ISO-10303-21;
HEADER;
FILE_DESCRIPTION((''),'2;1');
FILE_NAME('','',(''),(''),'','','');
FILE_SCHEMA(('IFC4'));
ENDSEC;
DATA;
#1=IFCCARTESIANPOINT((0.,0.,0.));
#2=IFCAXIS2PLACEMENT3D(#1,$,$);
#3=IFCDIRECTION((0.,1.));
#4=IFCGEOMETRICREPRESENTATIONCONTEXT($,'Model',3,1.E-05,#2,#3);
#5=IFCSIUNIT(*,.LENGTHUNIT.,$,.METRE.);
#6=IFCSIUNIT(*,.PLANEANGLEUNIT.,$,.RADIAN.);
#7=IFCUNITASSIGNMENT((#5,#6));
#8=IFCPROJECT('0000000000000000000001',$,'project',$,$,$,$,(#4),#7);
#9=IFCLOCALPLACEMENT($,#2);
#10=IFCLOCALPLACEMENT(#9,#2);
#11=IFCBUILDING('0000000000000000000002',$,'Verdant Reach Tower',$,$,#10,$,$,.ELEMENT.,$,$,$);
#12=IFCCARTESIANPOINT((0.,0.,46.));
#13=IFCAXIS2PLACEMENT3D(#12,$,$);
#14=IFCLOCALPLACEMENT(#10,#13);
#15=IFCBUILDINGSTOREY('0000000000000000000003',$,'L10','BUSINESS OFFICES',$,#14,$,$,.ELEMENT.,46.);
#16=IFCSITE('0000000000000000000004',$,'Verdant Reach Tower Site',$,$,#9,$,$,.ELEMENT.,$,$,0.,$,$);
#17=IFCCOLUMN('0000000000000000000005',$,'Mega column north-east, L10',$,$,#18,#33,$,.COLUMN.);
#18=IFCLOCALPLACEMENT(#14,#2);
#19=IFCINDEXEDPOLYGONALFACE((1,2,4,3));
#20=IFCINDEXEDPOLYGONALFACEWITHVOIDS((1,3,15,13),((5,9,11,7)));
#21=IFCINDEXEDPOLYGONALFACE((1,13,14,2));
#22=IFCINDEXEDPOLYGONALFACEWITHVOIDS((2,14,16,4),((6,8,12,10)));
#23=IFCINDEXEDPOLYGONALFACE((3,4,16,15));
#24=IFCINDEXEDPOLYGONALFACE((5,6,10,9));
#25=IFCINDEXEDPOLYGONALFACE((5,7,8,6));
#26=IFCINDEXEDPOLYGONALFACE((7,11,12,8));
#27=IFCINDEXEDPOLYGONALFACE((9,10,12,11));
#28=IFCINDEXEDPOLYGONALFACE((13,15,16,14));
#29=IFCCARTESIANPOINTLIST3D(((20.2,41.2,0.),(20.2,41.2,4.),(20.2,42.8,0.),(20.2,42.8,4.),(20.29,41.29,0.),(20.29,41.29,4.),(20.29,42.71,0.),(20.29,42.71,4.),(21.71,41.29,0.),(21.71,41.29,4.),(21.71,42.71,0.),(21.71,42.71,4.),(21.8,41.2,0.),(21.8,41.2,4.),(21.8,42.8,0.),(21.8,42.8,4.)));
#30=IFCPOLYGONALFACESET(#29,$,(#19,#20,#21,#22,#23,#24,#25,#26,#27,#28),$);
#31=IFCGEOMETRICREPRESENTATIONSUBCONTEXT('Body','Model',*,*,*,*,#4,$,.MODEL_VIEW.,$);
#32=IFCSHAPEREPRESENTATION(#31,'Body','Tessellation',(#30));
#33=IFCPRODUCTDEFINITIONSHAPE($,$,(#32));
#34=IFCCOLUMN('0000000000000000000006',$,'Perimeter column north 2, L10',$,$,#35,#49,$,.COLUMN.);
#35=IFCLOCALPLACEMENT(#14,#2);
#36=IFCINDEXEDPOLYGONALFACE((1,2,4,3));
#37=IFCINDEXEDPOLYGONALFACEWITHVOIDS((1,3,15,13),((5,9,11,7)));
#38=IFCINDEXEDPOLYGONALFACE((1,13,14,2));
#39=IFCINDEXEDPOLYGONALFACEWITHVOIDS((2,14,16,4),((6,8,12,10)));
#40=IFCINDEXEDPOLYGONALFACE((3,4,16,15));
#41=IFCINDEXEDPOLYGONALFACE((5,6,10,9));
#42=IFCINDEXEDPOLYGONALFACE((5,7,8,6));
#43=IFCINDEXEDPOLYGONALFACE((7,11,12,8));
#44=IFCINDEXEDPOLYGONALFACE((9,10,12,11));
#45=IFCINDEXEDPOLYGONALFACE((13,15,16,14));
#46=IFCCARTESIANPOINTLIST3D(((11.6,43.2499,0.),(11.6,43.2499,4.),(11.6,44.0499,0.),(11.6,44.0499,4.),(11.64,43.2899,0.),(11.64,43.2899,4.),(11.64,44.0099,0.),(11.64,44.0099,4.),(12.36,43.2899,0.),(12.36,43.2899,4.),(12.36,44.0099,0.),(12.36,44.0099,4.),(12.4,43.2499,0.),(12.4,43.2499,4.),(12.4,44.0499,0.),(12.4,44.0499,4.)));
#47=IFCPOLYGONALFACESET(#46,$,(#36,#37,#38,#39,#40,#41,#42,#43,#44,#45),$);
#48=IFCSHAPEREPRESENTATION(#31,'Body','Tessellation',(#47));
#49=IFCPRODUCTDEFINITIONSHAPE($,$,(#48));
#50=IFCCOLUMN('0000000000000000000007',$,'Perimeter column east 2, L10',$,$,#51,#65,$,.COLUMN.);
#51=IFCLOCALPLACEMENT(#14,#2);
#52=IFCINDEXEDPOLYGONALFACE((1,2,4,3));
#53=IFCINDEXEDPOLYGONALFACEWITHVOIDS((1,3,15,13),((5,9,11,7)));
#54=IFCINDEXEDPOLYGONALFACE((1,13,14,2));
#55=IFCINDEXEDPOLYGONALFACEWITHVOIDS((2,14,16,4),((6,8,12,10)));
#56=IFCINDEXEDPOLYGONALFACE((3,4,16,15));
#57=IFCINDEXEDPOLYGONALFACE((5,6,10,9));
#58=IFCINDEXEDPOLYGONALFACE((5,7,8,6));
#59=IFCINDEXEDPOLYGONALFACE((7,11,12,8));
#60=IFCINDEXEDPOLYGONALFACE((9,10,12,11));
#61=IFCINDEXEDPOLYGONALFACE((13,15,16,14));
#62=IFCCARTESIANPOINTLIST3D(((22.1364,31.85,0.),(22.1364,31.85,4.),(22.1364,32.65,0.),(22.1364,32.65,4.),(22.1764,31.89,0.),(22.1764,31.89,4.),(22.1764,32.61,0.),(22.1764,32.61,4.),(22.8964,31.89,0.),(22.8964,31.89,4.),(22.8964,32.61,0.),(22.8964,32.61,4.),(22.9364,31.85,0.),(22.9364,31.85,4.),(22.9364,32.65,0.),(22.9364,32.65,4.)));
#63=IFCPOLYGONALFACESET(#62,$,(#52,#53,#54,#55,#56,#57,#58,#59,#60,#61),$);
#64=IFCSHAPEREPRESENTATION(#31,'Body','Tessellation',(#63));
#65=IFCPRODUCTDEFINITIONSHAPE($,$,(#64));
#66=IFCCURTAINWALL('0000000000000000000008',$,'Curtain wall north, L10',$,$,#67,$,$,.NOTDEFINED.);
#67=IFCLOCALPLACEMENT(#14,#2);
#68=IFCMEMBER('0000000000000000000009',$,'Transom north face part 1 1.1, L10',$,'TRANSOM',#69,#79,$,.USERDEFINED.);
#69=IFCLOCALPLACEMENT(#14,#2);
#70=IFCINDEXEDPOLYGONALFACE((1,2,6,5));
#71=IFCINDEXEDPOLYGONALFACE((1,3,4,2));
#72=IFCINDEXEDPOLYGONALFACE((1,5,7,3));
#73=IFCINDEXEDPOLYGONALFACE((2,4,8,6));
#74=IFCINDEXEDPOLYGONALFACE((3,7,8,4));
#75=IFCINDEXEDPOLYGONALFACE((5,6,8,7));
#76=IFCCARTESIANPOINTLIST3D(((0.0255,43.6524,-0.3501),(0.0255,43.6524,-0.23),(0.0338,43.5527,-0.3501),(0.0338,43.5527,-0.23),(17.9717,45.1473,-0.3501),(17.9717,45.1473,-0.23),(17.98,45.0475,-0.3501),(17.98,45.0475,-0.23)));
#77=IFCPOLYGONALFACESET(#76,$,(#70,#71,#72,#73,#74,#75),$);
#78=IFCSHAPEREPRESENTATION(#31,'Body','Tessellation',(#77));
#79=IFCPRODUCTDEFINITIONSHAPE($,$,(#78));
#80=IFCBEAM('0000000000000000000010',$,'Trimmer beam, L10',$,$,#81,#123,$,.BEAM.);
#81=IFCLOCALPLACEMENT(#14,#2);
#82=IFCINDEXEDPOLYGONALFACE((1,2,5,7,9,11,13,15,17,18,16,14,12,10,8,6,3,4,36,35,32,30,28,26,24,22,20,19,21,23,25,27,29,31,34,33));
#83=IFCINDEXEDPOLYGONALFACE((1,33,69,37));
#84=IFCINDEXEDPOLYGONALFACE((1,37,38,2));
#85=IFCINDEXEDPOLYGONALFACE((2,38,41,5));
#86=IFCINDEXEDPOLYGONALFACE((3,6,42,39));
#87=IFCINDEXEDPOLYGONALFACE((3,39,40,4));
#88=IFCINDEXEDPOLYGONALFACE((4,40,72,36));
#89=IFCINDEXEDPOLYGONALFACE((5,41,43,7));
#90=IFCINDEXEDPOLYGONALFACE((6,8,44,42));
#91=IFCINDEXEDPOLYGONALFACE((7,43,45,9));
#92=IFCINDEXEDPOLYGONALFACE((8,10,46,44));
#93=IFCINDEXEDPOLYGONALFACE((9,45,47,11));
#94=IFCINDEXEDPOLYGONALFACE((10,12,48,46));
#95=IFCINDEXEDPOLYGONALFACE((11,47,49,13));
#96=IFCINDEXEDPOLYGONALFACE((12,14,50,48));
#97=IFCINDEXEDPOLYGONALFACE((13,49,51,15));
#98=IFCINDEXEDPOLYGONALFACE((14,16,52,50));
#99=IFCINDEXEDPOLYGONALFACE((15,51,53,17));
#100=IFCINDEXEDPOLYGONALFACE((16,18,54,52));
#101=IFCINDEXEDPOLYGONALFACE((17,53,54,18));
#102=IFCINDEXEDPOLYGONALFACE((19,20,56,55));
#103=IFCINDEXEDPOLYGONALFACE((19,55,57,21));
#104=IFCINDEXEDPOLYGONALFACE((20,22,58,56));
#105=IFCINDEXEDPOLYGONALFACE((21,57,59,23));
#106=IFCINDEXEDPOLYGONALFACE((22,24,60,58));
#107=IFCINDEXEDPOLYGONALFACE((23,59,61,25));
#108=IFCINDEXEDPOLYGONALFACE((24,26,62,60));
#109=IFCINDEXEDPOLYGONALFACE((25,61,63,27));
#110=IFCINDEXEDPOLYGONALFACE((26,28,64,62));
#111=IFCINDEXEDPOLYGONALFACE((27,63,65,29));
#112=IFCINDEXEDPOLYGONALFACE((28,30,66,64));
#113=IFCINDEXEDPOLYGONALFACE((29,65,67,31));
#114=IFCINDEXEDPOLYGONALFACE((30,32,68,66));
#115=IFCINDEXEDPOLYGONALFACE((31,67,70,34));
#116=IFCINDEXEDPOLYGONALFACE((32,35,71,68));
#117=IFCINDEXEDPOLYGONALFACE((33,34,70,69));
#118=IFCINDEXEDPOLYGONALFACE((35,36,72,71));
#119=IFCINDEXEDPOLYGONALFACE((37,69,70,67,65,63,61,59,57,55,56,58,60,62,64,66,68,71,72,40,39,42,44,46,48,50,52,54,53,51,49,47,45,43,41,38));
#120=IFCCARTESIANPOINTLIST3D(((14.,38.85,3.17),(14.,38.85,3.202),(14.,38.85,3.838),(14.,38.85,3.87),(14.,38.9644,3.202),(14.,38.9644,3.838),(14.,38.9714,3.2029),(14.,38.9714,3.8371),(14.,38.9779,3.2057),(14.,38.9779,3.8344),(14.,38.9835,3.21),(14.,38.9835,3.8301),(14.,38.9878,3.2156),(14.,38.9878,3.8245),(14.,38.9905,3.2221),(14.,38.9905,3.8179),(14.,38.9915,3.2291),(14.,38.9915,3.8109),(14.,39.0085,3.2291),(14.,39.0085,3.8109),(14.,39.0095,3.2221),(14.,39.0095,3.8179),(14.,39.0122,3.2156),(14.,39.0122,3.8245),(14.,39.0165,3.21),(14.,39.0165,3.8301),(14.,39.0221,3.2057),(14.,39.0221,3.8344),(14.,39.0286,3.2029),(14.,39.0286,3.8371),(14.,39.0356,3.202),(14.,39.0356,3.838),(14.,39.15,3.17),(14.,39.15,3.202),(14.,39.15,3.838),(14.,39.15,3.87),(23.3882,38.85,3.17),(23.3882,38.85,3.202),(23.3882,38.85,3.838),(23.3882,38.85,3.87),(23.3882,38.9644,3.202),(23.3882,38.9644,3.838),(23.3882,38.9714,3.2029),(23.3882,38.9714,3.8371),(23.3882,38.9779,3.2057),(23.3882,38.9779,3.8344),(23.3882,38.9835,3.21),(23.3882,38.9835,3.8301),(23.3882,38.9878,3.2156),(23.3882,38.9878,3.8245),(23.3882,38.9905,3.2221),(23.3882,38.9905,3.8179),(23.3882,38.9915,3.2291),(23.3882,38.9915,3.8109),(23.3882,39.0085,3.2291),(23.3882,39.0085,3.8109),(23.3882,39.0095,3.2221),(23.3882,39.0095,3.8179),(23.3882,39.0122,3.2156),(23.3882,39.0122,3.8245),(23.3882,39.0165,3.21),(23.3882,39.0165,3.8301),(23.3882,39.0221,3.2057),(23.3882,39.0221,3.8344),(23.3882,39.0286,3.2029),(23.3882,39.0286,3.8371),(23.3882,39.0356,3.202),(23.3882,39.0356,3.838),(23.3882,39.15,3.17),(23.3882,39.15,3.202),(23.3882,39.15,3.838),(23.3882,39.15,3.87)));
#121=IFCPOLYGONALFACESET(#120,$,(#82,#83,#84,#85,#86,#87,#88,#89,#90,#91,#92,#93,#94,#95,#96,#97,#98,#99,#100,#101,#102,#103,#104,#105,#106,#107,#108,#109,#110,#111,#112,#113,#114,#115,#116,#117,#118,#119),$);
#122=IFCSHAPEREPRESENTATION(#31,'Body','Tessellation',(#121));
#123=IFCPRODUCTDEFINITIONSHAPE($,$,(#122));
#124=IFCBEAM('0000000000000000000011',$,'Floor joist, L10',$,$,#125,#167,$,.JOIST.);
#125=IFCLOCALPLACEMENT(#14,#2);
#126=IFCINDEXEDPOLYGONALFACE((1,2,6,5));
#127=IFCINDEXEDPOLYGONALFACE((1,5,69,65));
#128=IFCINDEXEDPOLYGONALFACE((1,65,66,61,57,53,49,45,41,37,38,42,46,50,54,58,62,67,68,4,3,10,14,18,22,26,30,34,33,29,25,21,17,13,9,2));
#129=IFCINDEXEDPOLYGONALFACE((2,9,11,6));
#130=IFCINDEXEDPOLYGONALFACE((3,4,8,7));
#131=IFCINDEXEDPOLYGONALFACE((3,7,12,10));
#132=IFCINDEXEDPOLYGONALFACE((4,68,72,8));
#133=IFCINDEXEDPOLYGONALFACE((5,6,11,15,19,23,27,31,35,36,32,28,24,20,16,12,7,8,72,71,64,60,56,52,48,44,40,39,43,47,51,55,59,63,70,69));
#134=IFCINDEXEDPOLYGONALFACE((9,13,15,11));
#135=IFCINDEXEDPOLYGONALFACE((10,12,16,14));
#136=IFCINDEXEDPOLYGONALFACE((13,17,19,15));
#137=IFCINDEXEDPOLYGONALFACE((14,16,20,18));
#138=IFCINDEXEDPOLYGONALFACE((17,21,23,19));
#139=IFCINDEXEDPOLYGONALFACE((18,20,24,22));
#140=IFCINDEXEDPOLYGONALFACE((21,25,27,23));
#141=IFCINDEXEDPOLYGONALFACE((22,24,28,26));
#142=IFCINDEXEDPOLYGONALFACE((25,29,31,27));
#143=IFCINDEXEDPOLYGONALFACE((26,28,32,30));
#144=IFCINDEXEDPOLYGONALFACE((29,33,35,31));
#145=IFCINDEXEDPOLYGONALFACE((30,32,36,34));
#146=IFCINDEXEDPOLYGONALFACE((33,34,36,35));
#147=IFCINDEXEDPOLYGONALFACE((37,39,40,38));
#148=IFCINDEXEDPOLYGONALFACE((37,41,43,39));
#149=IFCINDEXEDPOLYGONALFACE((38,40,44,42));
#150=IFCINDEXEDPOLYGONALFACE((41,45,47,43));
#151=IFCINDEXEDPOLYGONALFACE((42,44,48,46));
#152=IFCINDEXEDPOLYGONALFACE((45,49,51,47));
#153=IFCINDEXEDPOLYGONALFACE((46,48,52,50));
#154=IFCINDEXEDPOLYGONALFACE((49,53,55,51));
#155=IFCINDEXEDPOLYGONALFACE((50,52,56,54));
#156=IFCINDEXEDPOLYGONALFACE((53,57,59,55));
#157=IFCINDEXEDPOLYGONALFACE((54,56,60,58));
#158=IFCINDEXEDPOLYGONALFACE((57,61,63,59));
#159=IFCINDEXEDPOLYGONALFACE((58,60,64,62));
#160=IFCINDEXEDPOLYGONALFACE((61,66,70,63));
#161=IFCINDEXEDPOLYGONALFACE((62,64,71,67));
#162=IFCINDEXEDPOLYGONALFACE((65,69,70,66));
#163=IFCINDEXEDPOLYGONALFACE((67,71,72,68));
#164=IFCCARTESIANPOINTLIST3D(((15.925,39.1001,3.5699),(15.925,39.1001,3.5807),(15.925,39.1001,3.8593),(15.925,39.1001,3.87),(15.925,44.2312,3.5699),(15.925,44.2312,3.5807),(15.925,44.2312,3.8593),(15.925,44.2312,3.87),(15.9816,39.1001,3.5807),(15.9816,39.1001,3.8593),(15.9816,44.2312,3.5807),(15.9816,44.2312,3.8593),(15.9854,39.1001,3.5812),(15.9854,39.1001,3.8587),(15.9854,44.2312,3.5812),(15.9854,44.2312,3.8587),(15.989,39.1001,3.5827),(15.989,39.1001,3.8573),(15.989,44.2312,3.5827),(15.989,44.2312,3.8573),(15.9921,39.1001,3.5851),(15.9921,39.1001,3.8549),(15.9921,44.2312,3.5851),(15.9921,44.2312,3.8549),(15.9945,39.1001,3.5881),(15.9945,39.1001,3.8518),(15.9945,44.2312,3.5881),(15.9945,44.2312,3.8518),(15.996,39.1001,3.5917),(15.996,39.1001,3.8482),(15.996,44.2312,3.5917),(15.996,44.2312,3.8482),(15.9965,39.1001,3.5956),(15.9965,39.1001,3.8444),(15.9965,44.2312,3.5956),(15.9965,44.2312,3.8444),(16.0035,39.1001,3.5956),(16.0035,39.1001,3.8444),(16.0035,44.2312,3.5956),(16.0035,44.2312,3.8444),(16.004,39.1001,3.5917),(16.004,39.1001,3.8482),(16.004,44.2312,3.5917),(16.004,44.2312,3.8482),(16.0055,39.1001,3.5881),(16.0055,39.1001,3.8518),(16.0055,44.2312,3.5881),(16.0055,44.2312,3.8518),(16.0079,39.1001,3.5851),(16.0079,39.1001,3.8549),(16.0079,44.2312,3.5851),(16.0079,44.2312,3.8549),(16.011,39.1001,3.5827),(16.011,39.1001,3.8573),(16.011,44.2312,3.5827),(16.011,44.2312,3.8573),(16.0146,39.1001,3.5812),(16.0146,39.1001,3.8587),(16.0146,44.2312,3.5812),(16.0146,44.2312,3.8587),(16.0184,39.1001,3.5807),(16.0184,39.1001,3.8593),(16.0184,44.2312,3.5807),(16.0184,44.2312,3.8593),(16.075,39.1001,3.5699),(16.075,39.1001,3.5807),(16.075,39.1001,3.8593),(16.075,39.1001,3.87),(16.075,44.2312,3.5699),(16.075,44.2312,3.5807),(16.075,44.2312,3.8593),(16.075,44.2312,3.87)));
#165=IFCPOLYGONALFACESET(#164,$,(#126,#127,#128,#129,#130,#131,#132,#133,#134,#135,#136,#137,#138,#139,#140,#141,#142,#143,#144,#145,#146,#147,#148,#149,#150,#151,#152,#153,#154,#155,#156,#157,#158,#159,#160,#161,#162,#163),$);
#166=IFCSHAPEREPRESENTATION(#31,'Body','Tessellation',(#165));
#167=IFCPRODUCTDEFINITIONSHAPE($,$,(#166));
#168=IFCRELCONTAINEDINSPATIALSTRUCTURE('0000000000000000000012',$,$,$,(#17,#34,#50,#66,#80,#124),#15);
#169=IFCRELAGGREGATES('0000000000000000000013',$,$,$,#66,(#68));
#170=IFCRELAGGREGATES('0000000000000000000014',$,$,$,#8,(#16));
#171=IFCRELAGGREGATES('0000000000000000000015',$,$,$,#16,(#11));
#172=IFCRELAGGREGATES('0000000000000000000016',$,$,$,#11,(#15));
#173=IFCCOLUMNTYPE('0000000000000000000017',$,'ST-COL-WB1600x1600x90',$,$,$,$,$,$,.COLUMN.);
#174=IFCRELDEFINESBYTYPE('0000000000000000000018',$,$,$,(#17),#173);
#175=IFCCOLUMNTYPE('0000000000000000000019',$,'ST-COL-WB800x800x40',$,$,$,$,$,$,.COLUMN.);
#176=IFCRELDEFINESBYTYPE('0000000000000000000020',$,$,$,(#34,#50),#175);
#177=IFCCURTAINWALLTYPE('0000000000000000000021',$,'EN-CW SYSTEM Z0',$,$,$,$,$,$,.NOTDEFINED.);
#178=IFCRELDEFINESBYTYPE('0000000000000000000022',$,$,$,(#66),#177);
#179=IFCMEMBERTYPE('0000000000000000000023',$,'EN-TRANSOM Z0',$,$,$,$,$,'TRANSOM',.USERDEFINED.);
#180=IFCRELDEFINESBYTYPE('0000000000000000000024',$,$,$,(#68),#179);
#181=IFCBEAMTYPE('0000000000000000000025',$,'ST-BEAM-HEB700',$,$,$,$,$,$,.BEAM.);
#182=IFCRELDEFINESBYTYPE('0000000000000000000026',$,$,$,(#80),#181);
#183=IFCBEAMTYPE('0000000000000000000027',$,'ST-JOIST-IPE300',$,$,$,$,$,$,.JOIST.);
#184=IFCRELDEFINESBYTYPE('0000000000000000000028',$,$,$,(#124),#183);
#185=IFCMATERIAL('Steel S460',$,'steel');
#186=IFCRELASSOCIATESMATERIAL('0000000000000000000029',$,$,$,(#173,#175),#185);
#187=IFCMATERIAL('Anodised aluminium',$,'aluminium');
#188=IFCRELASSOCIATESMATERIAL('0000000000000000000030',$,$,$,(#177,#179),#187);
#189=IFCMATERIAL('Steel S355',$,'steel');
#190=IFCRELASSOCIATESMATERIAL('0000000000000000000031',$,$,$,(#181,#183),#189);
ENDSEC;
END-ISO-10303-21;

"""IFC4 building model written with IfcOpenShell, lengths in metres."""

from ifc_helpers import new_model, si_unit, direction, frame, origin, origin_2d, place, context, subcontext, project, spatial, rectangle, hollow_rectangle, i_section, extrude, material, material_profile, profile_set, type_object, element, aggregate, save


model = new_model("IFC4")

# Units and contexts
model_context = context("Model", 3, precision=1e-05, world=origin(), true_north=direction((0.0, 1.0)))
body_context = subcontext(model_context, "Body", "Model", "MODEL_VIEW")
ifc_project = project(units=[si_unit("LENGTHUNIT", "METRE"), si_unit("PLANEANGLEUNIT", "RADIAN")], contexts=[model_context])

# Site, building, storey
site_placement = place(None, origin())
site = spatial("IfcSite", under=ifc_project, at=site_placement, Name="Verdant Reach Tower Site", CompositionType="ELEMENT", RefElevation=0.0)
building_placement = place(site_placement, origin())
building = spatial("IfcBuilding", under=site, at=building_placement, Name="Verdant Reach Tower", CompositionType="ELEMENT")
storey_placement = place(building_placement, frame((0.0, 0.0, 46.0)))
storey = spatial("IfcBuildingStorey", under=building, at=storey_placement, Name="L10", Description="BUSINESS OFFICES", CompositionType="ELEMENT", Elevation=46.0)

# Columns
ifc_material_1 = material(Name="Steel S460", Category="steel")
ifc_material_profile_1 = material_profile(ifc_material_1, hollow_rectangle(XDim=1.6001, YDim=1.6001, WallThickness=0.0901, at=origin_2d()), Name="WB 1600x1600x90")
ifc_profile_set_1 = profile_set([ifc_material_profile_1], Name="Steel S460")
column_type_1 = type_object("IfcColumnType", Name="ST-COL-WB1600x1600x90", PredefinedType="COLUMN", material=ifc_profile_set_1)
column_placement = place(storey_placement, frame((21.0, 42.0, 0.0), z_axis=(0.0, 0.0, 1.0), x_axis=(1.0, 0.0, 0.0)))
element("IfcColumn", 1, at=column_placement, inside=storey, type_object=column_type_1, Name="Mega column north-east, L10", PredefinedType="COLUMN", context=body_context, shape_type="SweptSolid", body=[
    extrude(hollow_rectangle(XDim=1.6001, YDim=1.6001, WallThickness=0.0901, at=origin_2d()), origin(), (0.0, 0.0, 1.0), 4.0),
])
ifc_material_profile_2 = material_profile(ifc_material_1, hollow_rectangle(XDim=0.8, YDim=0.8, WallThickness=0.04, at=origin_2d()), Name="WB 800x800x40")
ifc_profile_set_2 = profile_set([ifc_material_profile_2], Name="Steel S460")
column_type_2 = type_object("IfcColumnType", Name="ST-COL-WB800x800x40", PredefinedType="COLUMN", material=ifc_profile_set_2)
for number, where, z_axis, x_axis, name in (
    (2, (12.0, 43.6499, 0.0), (0.0, 0.0, 1.0), (1.0, 0.0, 0.0), "Perimeter column north 2, L10"),
    (3, (22.5364, 32.25, 0.0), (0.0, 0.0, 1.0), (1.0, 0.0, 0.0), "Perimeter column east 2, L10"),
):
    element("IfcColumn", number, at=place(storey_placement, frame(where, z_axis=z_axis, x_axis=x_axis)), inside=storey, type_object=column_type_2, Name=name, PredefinedType="COLUMN", context=body_context, shape_type="SweptSolid", body=[
        extrude(hollow_rectangle(XDim=0.8, YDim=0.8, WallThickness=0.04, at=origin_2d()), origin(), (0.0, 0.0, 1.0), 4.0),
    ])

# Curtain wall, member
ifc_material_2 = material(Name="Anodised aluminium", Category="aluminium")
curtain_wall_type = type_object("IfcCurtainWallType", Name="EN-CW SYSTEM Z0", PredefinedType="NOTDEFINED", material=ifc_material_2)
curtain_wall_1_placement = place(storey_placement, origin())
curtain_wall_1 = element("IfcCurtainWall", 4, at=curtain_wall_1_placement, inside=storey, type_object=curtain_wall_type, Name="Curtain wall north, L10", PredefinedType="NOTDEFINED")
ifc_material_profile_3 = material_profile(ifc_material_2, rectangle(XDim=0.1001, YDim=0.1201, at=origin_2d()), Name="Transom 120x100")
ifc_profile_set_3 = profile_set([ifc_material_profile_3], Name="Anodised aluminium")
member_type = type_object("IfcMemberType", Name="EN-TRANSOM Z0", ElementType="TRANSOM", PredefinedType="USERDEFINED", material=ifc_profile_set_3)
member_placement = place(storey_placement, frame((17.9758, 45.0974, -0.29), z_axis=(-0.996549, -0.083011, 0.0), x_axis=(0.083011, -0.996549, 0.0)))
member = element("IfcMember", 5, at=member_placement, type_object=member_type, Name="Transom north face part 1 1.1, L10", ObjectType="TRANSOM", PredefinedType="USERDEFINED", context=body_context, shape_type="SweptSolid", body=[
    extrude(rectangle(XDim=0.1001, YDim=0.1201, at=origin_2d()), origin(), (0.0, 0.0, 1.0), 18.0083),
])

# Beams
ifc_material_3 = material(Name="Steel S355", Category="steel")
ifc_material_profile_4 = material_profile(ifc_material_3, i_section(OverallWidth=0.3, OverallDepth=0.7, WebThickness=0.0171, FlangeThickness=0.032, FilletRadius=0.0271, at=origin_2d()), Name="HEB 700")
ifc_profile_set_4 = profile_set([ifc_material_profile_4], Name="Steel S355")
beam_type_1 = type_object("IfcBeamType", Name="ST-BEAM-HEB700", PredefinedType="BEAM", material=ifc_profile_set_4)
beam_1_placement = place(storey_placement, frame((14.0, 39.0, 3.52), z_axis=(1.0, 0.0, 0.0), x_axis=(0.0, 1.0, 0.0)))
element("IfcBeam", 6, at=beam_1_placement, inside=storey, type_object=beam_type_1, Name="Trimmer beam, L10", PredefinedType="BEAM", context=body_context, shape_type="SweptSolid", body=[
    extrude(i_section(OverallWidth=0.3, OverallDepth=0.7, WebThickness=0.0171, FlangeThickness=0.032, FilletRadius=0.0271, at=origin_2d()), origin(), (0.0, 0.0, 1.0), 9.3882),
])
ifc_material_profile_5 = material_profile(ifc_material_3, i_section(OverallWidth=0.1499, OverallDepth=0.3, WebThickness=0.0071, FlangeThickness=0.0107, FilletRadius=0.0149, at=origin_2d()), Name="IPE 300")
ifc_profile_set_5 = profile_set([ifc_material_profile_5], Name="Steel S355")
beam_type_2 = type_object("IfcBeamType", Name="ST-JOIST-IPE300", PredefinedType="JOIST", material=ifc_profile_set_5)
beam_2_placement = place(storey_placement, frame((16.0, 39.1001, 3.72), z_axis=(0.0, 1.0, 0.0), x_axis=(-1.0, 0.0, 0.0)))
element("IfcBeam", 7, at=beam_2_placement, inside=storey, type_object=beam_type_2, Name="Floor joist, L10", PredefinedType="JOIST", context=body_context, shape_type="SweptSolid", body=[
    extrude(i_section(OverallWidth=0.1499, OverallDepth=0.3, WebThickness=0.0071, FlangeThickness=0.0107, FilletRadius=0.0149, at=origin_2d()), origin(), (0.0, 0.0, 1.0), 5.1311),
])

aggregate(curtain_wall_1, [member])

save(model, "model.ifc")
